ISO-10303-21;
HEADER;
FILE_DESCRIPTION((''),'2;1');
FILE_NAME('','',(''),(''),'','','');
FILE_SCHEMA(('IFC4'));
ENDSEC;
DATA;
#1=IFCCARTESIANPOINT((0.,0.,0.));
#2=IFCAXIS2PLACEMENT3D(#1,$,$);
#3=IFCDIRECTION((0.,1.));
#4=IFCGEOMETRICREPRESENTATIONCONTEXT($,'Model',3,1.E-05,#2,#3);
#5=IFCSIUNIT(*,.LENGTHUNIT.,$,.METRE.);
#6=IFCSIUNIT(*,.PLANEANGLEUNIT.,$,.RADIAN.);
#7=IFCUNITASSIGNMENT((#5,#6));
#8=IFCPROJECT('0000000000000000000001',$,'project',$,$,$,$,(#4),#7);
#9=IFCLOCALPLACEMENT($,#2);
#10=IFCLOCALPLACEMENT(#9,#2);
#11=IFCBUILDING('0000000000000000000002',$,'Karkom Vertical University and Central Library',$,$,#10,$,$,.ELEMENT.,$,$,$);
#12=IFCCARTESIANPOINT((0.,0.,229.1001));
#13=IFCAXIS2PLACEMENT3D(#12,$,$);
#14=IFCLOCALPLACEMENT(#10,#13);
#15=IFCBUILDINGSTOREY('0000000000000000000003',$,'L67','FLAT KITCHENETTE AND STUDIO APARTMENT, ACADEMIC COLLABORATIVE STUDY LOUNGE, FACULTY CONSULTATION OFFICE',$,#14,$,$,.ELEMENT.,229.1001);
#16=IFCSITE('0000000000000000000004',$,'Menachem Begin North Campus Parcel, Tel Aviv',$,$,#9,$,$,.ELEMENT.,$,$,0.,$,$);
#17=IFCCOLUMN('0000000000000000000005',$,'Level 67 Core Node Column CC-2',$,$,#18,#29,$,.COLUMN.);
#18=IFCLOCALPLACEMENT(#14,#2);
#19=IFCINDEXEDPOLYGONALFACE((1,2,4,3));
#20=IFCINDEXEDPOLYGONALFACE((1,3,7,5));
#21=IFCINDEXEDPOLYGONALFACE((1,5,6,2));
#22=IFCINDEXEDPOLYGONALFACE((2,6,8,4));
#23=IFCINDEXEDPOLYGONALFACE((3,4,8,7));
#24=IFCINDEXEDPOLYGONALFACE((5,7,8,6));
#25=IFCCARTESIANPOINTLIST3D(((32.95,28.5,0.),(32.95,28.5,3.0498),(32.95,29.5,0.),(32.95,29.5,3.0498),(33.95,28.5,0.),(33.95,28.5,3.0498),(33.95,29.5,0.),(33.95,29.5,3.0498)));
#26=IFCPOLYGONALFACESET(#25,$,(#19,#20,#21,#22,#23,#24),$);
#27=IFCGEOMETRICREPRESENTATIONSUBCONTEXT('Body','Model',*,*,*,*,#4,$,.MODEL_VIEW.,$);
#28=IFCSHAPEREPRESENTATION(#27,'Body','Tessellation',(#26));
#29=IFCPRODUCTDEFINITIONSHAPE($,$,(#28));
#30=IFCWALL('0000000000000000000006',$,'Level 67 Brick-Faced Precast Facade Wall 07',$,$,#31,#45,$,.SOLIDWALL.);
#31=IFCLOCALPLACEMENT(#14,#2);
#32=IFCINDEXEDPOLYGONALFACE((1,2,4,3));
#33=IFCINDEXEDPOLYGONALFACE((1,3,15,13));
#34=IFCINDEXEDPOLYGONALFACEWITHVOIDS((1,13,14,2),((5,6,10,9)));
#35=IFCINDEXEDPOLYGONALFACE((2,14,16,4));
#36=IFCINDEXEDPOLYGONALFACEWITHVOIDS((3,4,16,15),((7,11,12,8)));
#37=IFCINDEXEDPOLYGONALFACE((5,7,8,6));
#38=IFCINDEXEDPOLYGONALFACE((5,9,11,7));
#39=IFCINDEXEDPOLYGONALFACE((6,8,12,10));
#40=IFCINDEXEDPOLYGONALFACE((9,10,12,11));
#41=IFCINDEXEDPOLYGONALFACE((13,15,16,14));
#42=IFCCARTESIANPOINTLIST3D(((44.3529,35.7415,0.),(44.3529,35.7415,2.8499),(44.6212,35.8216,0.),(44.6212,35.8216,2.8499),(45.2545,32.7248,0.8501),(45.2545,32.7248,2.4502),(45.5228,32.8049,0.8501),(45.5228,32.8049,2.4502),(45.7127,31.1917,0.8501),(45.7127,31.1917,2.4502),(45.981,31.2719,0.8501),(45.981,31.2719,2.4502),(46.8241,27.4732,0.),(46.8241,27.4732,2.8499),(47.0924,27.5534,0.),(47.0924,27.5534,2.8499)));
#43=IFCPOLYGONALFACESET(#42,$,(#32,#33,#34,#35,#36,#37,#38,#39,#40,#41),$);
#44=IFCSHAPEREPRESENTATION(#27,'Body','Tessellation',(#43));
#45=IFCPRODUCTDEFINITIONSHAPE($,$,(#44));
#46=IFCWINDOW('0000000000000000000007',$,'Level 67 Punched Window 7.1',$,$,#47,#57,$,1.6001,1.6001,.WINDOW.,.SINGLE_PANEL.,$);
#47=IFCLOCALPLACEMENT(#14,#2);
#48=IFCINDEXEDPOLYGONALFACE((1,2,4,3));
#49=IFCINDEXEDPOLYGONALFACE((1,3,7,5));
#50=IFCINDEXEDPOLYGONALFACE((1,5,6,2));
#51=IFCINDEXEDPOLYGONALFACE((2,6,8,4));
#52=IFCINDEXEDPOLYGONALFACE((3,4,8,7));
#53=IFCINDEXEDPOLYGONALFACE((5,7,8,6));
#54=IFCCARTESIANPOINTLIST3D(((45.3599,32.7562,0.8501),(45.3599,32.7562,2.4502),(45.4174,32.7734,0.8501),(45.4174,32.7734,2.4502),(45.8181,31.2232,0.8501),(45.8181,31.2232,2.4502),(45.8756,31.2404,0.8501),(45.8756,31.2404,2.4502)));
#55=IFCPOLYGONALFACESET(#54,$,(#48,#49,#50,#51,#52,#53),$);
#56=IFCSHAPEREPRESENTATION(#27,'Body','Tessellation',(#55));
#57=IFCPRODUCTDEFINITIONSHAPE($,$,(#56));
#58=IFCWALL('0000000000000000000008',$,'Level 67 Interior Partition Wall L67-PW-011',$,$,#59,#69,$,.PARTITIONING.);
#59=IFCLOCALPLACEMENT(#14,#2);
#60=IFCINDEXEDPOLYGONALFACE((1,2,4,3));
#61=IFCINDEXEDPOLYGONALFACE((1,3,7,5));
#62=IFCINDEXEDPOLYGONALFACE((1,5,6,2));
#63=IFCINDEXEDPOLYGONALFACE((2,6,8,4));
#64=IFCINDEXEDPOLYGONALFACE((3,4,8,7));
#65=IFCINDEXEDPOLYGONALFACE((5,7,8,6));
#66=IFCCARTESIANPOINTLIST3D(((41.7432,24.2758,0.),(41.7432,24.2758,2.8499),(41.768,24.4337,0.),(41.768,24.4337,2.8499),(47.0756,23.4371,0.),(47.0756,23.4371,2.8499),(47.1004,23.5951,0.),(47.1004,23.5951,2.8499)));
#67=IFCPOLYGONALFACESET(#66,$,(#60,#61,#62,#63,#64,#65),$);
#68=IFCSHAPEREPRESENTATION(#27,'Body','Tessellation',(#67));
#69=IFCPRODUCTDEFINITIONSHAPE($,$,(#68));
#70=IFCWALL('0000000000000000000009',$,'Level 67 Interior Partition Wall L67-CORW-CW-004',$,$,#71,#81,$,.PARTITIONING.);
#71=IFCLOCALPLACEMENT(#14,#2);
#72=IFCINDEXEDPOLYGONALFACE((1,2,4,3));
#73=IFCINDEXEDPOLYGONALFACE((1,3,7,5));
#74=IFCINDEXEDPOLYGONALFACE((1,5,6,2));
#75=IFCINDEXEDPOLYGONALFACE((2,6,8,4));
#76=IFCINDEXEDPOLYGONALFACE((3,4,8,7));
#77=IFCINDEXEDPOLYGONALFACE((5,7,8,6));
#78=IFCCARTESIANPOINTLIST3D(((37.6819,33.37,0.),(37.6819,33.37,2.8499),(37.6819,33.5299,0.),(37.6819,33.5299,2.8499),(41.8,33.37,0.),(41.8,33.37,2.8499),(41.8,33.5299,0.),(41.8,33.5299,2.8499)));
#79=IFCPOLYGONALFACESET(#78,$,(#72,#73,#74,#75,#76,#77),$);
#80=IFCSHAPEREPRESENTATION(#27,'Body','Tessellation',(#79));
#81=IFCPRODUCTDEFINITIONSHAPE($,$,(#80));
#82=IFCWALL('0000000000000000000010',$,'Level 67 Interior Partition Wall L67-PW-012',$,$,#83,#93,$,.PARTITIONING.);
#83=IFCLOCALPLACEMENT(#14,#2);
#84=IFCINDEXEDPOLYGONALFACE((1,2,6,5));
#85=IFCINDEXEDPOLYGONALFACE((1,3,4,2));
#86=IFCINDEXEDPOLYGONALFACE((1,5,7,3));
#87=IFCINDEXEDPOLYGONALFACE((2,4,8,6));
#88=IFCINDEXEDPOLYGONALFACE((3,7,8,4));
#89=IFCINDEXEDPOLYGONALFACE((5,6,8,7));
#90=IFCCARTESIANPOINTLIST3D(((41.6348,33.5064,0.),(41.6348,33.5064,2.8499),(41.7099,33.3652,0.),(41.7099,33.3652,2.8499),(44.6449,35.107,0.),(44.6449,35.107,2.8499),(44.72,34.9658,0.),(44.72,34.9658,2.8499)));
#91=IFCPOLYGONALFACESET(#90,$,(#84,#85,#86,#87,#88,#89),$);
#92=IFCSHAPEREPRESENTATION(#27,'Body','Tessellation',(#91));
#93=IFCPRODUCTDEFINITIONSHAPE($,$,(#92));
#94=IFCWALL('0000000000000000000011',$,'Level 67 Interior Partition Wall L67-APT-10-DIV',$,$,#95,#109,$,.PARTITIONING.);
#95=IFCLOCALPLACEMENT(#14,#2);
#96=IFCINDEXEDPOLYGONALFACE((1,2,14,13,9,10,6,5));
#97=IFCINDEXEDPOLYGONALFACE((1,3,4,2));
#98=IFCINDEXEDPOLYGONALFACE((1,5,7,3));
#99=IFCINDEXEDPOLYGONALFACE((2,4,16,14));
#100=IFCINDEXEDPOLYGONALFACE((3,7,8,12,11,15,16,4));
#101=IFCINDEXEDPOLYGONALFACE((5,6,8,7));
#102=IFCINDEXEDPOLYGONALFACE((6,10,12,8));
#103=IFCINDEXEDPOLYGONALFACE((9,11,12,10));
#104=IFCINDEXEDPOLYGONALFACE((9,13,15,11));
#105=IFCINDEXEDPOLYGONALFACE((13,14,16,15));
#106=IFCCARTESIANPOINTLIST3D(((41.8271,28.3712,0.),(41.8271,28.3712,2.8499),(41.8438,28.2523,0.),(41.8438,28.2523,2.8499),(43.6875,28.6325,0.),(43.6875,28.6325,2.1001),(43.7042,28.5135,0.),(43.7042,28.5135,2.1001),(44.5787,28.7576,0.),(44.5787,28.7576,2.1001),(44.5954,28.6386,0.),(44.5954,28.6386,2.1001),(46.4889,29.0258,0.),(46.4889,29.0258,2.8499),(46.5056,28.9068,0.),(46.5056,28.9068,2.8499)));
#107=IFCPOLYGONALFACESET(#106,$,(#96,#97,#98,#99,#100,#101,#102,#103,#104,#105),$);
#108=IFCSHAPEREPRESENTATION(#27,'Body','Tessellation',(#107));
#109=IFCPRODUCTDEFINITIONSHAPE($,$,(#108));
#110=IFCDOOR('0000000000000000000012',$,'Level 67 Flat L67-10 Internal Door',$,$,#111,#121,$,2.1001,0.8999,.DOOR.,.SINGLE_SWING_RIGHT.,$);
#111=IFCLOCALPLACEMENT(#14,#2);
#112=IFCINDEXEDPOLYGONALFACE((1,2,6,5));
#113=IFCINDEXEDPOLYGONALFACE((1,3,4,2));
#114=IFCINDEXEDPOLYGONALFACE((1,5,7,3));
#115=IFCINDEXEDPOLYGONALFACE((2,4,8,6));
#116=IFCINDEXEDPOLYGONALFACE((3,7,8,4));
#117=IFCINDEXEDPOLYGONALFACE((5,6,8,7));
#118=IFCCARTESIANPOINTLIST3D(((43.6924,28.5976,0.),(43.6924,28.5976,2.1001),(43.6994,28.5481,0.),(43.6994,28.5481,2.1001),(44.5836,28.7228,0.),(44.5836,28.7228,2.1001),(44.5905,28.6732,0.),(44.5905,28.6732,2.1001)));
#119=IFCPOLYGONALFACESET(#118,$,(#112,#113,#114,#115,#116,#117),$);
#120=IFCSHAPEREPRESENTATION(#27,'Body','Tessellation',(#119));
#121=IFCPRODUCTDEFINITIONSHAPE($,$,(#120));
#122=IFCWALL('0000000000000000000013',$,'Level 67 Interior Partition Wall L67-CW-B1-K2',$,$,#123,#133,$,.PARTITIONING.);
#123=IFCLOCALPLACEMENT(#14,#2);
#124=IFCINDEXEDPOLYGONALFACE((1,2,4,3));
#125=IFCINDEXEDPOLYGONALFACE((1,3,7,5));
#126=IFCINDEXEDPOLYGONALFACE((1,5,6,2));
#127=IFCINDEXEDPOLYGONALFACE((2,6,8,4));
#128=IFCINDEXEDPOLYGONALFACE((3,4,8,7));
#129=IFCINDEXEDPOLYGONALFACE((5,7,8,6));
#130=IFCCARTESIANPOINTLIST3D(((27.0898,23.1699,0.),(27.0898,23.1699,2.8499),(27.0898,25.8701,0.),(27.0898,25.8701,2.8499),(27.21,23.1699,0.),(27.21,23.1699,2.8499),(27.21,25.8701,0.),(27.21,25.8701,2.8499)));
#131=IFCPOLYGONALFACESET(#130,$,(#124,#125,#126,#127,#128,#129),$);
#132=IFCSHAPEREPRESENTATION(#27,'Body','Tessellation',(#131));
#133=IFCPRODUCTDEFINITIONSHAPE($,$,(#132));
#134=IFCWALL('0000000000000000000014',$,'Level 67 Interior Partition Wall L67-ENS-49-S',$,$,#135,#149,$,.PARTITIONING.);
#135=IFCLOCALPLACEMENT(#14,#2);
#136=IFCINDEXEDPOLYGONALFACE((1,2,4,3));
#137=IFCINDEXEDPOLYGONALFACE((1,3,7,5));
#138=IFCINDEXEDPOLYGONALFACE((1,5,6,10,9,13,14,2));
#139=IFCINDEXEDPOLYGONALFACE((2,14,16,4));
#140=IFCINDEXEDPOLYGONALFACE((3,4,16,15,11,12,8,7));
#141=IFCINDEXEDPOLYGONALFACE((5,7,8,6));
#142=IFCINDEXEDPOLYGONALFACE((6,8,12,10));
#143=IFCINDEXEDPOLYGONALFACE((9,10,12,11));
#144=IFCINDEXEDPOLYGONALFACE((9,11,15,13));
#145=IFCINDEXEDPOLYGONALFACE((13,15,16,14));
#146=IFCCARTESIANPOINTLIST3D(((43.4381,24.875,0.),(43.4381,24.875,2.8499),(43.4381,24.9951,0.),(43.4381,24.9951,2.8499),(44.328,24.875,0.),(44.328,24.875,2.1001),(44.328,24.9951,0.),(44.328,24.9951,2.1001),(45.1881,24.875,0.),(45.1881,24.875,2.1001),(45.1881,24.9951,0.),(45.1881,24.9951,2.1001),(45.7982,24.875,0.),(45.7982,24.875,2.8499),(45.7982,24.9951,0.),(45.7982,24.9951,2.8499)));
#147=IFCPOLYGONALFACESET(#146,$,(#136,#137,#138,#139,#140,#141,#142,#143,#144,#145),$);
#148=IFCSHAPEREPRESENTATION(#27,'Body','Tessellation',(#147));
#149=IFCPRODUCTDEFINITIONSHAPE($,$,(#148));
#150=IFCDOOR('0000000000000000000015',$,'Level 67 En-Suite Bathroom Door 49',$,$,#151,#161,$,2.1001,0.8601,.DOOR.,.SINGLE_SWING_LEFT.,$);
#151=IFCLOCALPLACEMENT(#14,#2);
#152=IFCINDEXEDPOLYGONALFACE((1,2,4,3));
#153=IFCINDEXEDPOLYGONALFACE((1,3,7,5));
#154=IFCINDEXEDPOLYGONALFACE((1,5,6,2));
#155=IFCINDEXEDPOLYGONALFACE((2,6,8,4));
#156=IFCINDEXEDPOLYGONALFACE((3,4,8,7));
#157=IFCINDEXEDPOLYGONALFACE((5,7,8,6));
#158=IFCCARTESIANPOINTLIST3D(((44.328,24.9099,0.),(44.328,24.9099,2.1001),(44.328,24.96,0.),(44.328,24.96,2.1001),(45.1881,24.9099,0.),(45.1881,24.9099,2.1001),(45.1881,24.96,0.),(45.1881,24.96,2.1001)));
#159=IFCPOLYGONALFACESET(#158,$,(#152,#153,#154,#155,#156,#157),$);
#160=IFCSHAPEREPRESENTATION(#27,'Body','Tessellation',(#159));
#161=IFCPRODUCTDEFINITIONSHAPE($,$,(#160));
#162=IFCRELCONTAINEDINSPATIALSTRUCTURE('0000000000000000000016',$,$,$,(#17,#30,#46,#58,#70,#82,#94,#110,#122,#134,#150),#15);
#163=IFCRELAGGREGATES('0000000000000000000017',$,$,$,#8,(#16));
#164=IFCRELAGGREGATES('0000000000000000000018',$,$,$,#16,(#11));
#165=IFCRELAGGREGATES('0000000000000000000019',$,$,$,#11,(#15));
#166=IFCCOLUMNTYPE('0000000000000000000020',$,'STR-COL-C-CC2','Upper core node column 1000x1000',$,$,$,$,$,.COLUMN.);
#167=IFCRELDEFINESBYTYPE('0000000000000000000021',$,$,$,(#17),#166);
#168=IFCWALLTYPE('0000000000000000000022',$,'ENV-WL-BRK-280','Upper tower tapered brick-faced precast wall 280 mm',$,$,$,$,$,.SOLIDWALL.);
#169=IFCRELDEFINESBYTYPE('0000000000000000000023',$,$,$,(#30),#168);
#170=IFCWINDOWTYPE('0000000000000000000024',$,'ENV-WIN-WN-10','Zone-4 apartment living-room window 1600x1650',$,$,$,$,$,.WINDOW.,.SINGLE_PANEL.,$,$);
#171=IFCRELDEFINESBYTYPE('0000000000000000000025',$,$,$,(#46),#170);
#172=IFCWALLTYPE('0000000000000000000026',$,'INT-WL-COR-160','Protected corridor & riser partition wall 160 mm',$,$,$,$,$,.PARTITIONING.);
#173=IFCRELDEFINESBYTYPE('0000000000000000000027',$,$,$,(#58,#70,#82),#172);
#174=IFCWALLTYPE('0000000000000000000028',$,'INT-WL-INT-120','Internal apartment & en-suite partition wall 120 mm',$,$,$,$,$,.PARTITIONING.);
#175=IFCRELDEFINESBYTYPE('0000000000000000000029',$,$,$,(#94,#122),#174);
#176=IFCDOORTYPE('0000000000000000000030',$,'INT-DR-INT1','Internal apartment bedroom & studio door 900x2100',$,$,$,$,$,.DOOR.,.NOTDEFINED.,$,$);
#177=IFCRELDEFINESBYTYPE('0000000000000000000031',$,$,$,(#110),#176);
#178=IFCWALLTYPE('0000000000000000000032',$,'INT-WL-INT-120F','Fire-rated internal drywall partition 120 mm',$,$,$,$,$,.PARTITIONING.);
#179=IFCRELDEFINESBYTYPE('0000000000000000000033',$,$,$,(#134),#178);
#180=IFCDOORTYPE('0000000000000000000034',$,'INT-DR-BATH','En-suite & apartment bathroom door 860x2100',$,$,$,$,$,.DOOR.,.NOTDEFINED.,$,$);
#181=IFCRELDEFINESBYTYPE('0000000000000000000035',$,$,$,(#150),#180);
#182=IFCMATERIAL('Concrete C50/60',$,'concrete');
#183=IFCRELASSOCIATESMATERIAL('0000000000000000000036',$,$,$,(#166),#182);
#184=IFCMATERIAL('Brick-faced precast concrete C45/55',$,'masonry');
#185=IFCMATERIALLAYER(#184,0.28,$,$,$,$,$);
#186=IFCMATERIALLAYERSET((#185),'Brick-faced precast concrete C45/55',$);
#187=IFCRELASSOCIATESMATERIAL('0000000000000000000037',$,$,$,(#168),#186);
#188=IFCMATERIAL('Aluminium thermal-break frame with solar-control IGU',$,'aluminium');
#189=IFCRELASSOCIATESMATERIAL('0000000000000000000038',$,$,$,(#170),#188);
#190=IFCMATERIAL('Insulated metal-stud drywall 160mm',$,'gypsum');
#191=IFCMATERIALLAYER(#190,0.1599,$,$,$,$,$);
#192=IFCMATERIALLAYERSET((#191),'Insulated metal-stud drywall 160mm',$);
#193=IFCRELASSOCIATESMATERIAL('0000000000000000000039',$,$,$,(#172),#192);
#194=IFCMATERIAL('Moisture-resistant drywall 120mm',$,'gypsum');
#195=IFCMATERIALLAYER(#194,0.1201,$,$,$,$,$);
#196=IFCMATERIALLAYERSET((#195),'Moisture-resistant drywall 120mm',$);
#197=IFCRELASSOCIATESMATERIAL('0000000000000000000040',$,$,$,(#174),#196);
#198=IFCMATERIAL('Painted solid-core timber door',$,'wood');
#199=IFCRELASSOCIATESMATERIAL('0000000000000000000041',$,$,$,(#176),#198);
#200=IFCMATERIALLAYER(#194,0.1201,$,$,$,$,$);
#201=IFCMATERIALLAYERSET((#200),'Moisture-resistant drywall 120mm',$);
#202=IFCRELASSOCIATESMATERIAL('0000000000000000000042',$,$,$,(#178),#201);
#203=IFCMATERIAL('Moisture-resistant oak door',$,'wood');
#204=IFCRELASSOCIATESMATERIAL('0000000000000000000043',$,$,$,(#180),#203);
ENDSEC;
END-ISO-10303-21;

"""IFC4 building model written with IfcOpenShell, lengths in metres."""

from ifc_helpers import new_model, si_unit, direction, frame, frame_2d, origin, origin_with_axes, origin_2d, place, context, subcontext, project, spatial, rectangle, extrude, source, transform, mapped, material, layer, layer_set, material_profile, profile_set, type_object, element, fill, save


model = new_model("IFC4")

# Units and contexts
model_context = context("Model", 3, precision=1e-05, world=origin(), true_north=direction((0.0, 1.0)))
body_context = subcontext(model_context, "Body", "Model", "MODEL_VIEW")
ifc_project = project(units=[si_unit("LENGTHUNIT", "METRE"), si_unit("PLANEANGLEUNIT", "RADIAN")], contexts=[model_context])

# Site, building, storey
site_placement = place(None, origin())
site = spatial("IfcSite", under=ifc_project, at=site_placement, Name="Menachem Begin North Campus Parcel, Tel Aviv", CompositionType="ELEMENT", RefElevation=0.0)
building_placement = place(site_placement, origin())
building = spatial("IfcBuilding", under=site, at=building_placement, Name="Karkom Vertical University and Central Library", CompositionType="ELEMENT")
storey_placement = place(building_placement, frame((0.0, 0.0, 229.1001)))
storey = spatial("IfcBuildingStorey", under=building, at=storey_placement, Name="L67", Description="FLAT KITCHENETTE AND STUDIO APARTMENT, ACADEMIC COLLABORATIVE STUDY LOUNGE, FACULTY CONSULTATION OFFICE", CompositionType="ELEMENT", Elevation=229.1001)

# Column
ifc_material_1 = material(Name="Concrete C50/60", Category="concrete")
ifc_material_profile = material_profile(ifc_material_1, rectangle(XDim=1.0, YDim=1.0, at=origin_2d()), Name="RC-1000x1000")
ifc_profile_set = profile_set([ifc_material_profile], Name="Concrete C50/60")
column_type = type_object("IfcColumnType", Name="STR-COL-C-CC2", Description="Upper core node column 1000x1000", PredefinedType="COLUMN", material=ifc_profile_set)
shared_shape_1 = source(origin_with_axes(), body_context, "Body", "SweptSolid", [
    extrude(rectangle(XDim=1.0, YDim=1.0, at=origin_2d()), origin(), (0.0, 0.0, 1.0), 3.0498),
])
column_placement = place(storey_placement, frame((33.45, 29.0, 0.0), z_axis=(0.0, 0.0, 1.0), x_axis=(1.0, 0.0, 0.0)))
element("IfcColumn", 1, at=column_placement, inside=storey, type_object=column_type, Name="Level 67 Core Node Column CC-2", PredefinedType="COLUMN", context=body_context, shape_type="MappedRepresentation", body=[
    mapped(shared_shape_1, transform((0.0, 0.0, 0.0), scale=1.0)),
])

# Wall, opening, window
ifc_material_2 = material(Name="Brick-faced precast concrete C45/55", Category="masonry")
ifc_layer_1 = layer(ifc_material_2, 0.28)
ifc_layer_set_1 = layer_set([ifc_layer_1], Name="Brick-faced precast concrete C45/55")
wall_type_1 = type_object("IfcWallType", Name="ENV-WL-BRK-280", Description="Upper tower tapered brick-faced precast wall 280 mm", PredefinedType="SOLIDWALL", material=ifc_layer_set_1)
wall_1_placement = place(storey_placement, frame((46.9583, 27.5132, 0.0), z_axis=(0.0, 0.0, 1.0), x_axis=(-0.286359, 0.958122, 0.0)))
wall_1 = element("IfcWall", 2, at=wall_1_placement, inside=storey, type_object=wall_type_1, Name="Level 67 Brick-Faced Precast Facade Wall 07", PredefinedType="SOLIDWALL", context=body_context, shape_type="SweptSolid", body=[
    extrude(rectangle(XDim=8.6296, YDim=0.28, at=frame_2d((4.3149, 0.0))), origin(), (0.0, 0.0, 1.0), 2.8499),
])
opening_1_placement = place(wall_1_placement, frame((3.8811, 0.0, 0.8501)))
opening_1 = element("IfcOpeningElement", 3, at=opening_1_placement, cuts=wall_1, PredefinedType="OPENING", context=body_context, shape_type="SweptSolid", body=[
    extrude(rectangle(XDim=1.6001, YDim=1.6001, at=frame_2d((0.8, 0.8))), frame((0.0, 0.1499, 0.0), z_axis=(0.0, -1.0, 0.0), x_axis=(1.0, 0.0, 0.0)), (0.0, 0.0, 1.0), 0.3),
])
ifc_material_3 = material(Name="Aluminium thermal-break frame with solar-control IGU", Category="aluminium")
window_type = type_object("IfcWindowType", Name="ENV-WIN-WN-10", Description="Zone-4 apartment living-room window 1600x1650", PartitioningType="SINGLE_PANEL", PredefinedType="WINDOW", material=ifc_material_3)
shared_shape_2 = source(origin_with_axes(), body_context, "Body", "SweptSolid", [
    extrude(rectangle(XDim=1.6001, YDim=1.6001, at=frame_2d((0.8, 0.8))), frame((0.0, 0.03, 0.0), z_axis=(0.0, -1.0, 0.0), x_axis=(1.0, 0.0, 0.0)), (0.0, 0.0, 1.0), 0.0601),
])
window_placement = place(opening_1_placement, origin())
window = element("IfcWindow", 4, at=window_placement, inside=storey, type_object=window_type, Name="Level 67 Punched Window 7.1", OverallHeight=1.6001, OverallWidth=1.6001, PartitioningType="SINGLE_PANEL", PredefinedType="WINDOW", context=body_context, shape_type="MappedRepresentation", body=[
    mapped(shared_shape_2, transform((0.0, 0.0, 0.0), scale=1.0)),
])
fill(opening_1, window)

# Walls
ifc_material_4 = material(Name="Insulated metal-stud drywall 160mm", Category="gypsum")
ifc_layer_2 = layer(ifc_material_4, 0.1599)
ifc_layer_set_2 = layer_set([ifc_layer_2], Name="Insulated metal-stud drywall 160mm")
wall_type_2 = type_object("IfcWallType", Name="INT-WL-COR-160", Description="Protected corridor & riser partition wall 160 mm", PredefinedType="PARTITIONING", material=ifc_layer_set_2)
wall_2_placement = place(storey_placement, frame((41.7556, 24.3547, 0.0), z_axis=(0.0, 0.0, 1.0), x_axis=(0.987858, -0.155356, 0.0)))
element("IfcWall", 5, at=wall_2_placement, inside=storey, type_object=wall_type_2, Name="Level 67 Interior Partition Wall L67-PW-011", PredefinedType="PARTITIONING", context=body_context, shape_type="SweptSolid", body=[
    extrude(rectangle(XDim=5.3979, YDim=0.1599, at=frame_2d((2.699, 0.0))), origin(), (0.0, 0.0, 1.0), 2.8499),
])
wall_3_placement = place(storey_placement, frame((37.6819, 33.45, 0.0), z_axis=(0.0, 0.0, 1.0), x_axis=(1.0, 0.0, 0.0)))
element("IfcWall", 6, at=wall_3_placement, inside=storey, type_object=wall_type_2, Name="Level 67 Interior Partition Wall L67-CORW-CW-004", PredefinedType="PARTITIONING", context=body_context, shape_type="SweptSolid", body=[
    extrude(rectangle(XDim=4.1182, YDim=0.1599, at=frame_2d((2.0591, 0.0))), origin(), (0.0, 0.0, 1.0), 2.8499),
])
wall_4_placement = place(storey_placement, frame((41.6724, 33.4358, 0.0), z_axis=(0.0, 0.0, 1.0), x_axis=(0.882931, 0.469503, 0.0)))
element("IfcWall", 7, at=wall_4_placement, inside=storey, type_object=wall_type_2, Name="Level 67 Interior Partition Wall L67-PW-012", PredefinedType="PARTITIONING", context=body_context, shape_type="SweptSolid", body=[
    extrude(rectangle(XDim=3.4092, YDim=0.1599, at=frame_2d((1.7046, 0.0))), origin(), (0.0, 0.0, 1.0), 2.8499),
])

# Wall, opening, door
ifc_material_5 = material(Name="Moisture-resistant drywall 120mm", Category="gypsum")
ifc_layer_3 = layer(ifc_material_5, 0.1201)
ifc_layer_set_3 = layer_set([ifc_layer_3], Name="Moisture-resistant drywall 120mm")
wall_type_3 = type_object("IfcWallType", Name="INT-WL-INT-120", Description="Internal apartment & en-suite partition wall 120 mm", PredefinedType="PARTITIONING", material=ifc_layer_set_3)
wall_5_placement = place(storey_placement, frame((41.8354, 28.3118, 0.0), z_axis=(0.0, 0.0, 1.0), x_axis=(0.990287, 0.139039, 0.0)))
wall_5 = element("IfcWall", 8, at=wall_5_placement, inside=storey, type_object=wall_type_3, Name="Level 67 Interior Partition Wall L67-APT-10-DIV", PredefinedType="PARTITIONING", context=body_context, shape_type="SweptSolid", body=[
    extrude(rectangle(XDim=4.7075, YDim=0.1201, at=frame_2d((2.3538, 0.0))), origin(), (0.0, 0.0, 1.0), 2.8499),
])
opening_2_placement = place(wall_5_placement, frame((1.8787, 0.0, 0.0)))
opening_2 = element("IfcOpeningElement", 9, at=opening_2_placement, cuts=wall_5, PredefinedType="OPENING", context=body_context, shape_type="SweptSolid", body=[
    extrude(rectangle(XDim=0.8999, YDim=2.1001, at=frame_2d((0.45, 1.05))), frame((0.0, 0.0701, 0.0), z_axis=(0.0, -1.0, 0.0), x_axis=(1.0, 0.0, 0.0)), (0.0, 0.0, 1.0), 0.1401),
])
ifc_material_6 = material(Name="Painted solid-core timber door", Category="wood")
door_type_1 = type_object("IfcDoorType", Name="INT-DR-INT1", Description="Internal apartment bedroom & studio door 900x2100", OperationType="NOTDEFINED", PredefinedType="DOOR", material=ifc_material_6)
shared_shape_3 = source(origin_with_axes(), body_context, "Body", "SweptSolid", [
    extrude(rectangle(XDim=0.8999, YDim=2.1001, at=frame_2d((0.45, 1.05))), frame((0.0, 0.0249, 0.0), z_axis=(0.0, -1.0, 0.0), x_axis=(1.0, 0.0, 0.0)), (0.0, 0.0, 1.0), 0.05),
])
door_1_placement = place(opening_2_placement, origin())
door_1 = element("IfcDoor", 10, at=door_1_placement, inside=storey, type_object=door_type_1, Name="Level 67 Flat L67-10 Internal Door", OperationType="SINGLE_SWING_RIGHT", OverallHeight=2.1001, OverallWidth=0.8999, PredefinedType="DOOR", context=body_context, shape_type="MappedRepresentation", body=[
    mapped(shared_shape_3, transform((0.0, 0.0, 0.0), scale=1.0)),
])
fill(opening_2, door_1)

# Wall
wall_6_placement = place(storey_placement, frame((27.1499, 23.1699, 0.0), z_axis=(0.0, 0.0, 1.0), x_axis=(0.0, 1.0, 0.0)))
element("IfcWall", 11, at=wall_6_placement, inside=storey, type_object=wall_type_3, Name="Level 67 Interior Partition Wall L67-CW-B1-K2", PredefinedType="PARTITIONING", context=body_context, shape_type="SweptSolid", body=[
    extrude(rectangle(XDim=2.7002, YDim=0.1201, at=frame_2d((1.3501, 0.0))), origin(), (0.0, 0.0, 1.0), 2.8499),
])

# Wall, opening, door
ifc_layer_4 = layer(ifc_material_5, 0.1201)
ifc_layer_set_4 = layer_set([ifc_layer_4], Name="Moisture-resistant drywall 120mm")
wall_type_4 = type_object("IfcWallType", Name="INT-WL-INT-120F", Description="Fire-rated internal drywall partition 120 mm", PredefinedType="PARTITIONING", material=ifc_layer_set_4)
wall_7_placement = place(storey_placement, frame((43.438, 24.9351, 0.0), z_axis=(0.0, 0.0, 1.0), x_axis=(1.0, 0.0, 0.0)))
wall_7 = element("IfcWall", 12, at=wall_7_placement, inside=storey, type_object=wall_type_4, Name="Level 67 Interior Partition Wall L67-ENS-49-S", PredefinedType="PARTITIONING", context=body_context, shape_type="SweptSolid", body=[
    extrude(rectangle(XDim=2.3601, YDim=0.1201, at=frame_2d((1.1802, 0.0))), origin(), (0.0, 0.0, 1.0), 2.8499),
])
opening_3_placement = place(wall_7_placement, frame((0.8899, 0.0, 0.0)))
opening_3 = element("IfcOpeningElement", 13, at=opening_3_placement, cuts=wall_7, PredefinedType="OPENING", context=body_context, shape_type="SweptSolid", body=[
    extrude(rectangle(XDim=0.8601, YDim=2.1001, at=frame_2d((0.4302, 1.05))), frame((0.0, 0.0701, 0.0), z_axis=(0.0, -1.0, 0.0), x_axis=(1.0, 0.0, 0.0)), (0.0, 0.0, 1.0), 0.1401),
])
ifc_material_7 = material(Name="Moisture-resistant oak door", Category="wood")
door_type_2 = type_object("IfcDoorType", Name="INT-DR-BATH", Description="En-suite & apartment bathroom door 860x2100", OperationType="NOTDEFINED", PredefinedType="DOOR", material=ifc_material_7)
shared_shape_4 = source(origin_with_axes(), body_context, "Body", "SweptSolid", [
    extrude(rectangle(XDim=0.8601, YDim=2.1001, at=frame_2d((0.4302, 1.05))), frame((0.0, 0.0249, 0.0), z_axis=(0.0, -1.0, 0.0), x_axis=(1.0, 0.0, 0.0)), (0.0, 0.0, 1.0), 0.05),
])
door_2_placement = place(opening_3_placement, origin())
door_2 = element("IfcDoor", 14, at=door_2_placement, inside=storey, type_object=door_type_2, Name="Level 67 En-Suite Bathroom Door 49", OperationType="SINGLE_SWING_LEFT", OverallHeight=2.1001, OverallWidth=0.8601, PredefinedType="DOOR", context=body_context, shape_type="MappedRepresentation", body=[
    mapped(shared_shape_4, transform((0.0, 0.0, 0.0), scale=1.0)),
])
fill(opening_3, door_2)

save(model, "model.ifc")
